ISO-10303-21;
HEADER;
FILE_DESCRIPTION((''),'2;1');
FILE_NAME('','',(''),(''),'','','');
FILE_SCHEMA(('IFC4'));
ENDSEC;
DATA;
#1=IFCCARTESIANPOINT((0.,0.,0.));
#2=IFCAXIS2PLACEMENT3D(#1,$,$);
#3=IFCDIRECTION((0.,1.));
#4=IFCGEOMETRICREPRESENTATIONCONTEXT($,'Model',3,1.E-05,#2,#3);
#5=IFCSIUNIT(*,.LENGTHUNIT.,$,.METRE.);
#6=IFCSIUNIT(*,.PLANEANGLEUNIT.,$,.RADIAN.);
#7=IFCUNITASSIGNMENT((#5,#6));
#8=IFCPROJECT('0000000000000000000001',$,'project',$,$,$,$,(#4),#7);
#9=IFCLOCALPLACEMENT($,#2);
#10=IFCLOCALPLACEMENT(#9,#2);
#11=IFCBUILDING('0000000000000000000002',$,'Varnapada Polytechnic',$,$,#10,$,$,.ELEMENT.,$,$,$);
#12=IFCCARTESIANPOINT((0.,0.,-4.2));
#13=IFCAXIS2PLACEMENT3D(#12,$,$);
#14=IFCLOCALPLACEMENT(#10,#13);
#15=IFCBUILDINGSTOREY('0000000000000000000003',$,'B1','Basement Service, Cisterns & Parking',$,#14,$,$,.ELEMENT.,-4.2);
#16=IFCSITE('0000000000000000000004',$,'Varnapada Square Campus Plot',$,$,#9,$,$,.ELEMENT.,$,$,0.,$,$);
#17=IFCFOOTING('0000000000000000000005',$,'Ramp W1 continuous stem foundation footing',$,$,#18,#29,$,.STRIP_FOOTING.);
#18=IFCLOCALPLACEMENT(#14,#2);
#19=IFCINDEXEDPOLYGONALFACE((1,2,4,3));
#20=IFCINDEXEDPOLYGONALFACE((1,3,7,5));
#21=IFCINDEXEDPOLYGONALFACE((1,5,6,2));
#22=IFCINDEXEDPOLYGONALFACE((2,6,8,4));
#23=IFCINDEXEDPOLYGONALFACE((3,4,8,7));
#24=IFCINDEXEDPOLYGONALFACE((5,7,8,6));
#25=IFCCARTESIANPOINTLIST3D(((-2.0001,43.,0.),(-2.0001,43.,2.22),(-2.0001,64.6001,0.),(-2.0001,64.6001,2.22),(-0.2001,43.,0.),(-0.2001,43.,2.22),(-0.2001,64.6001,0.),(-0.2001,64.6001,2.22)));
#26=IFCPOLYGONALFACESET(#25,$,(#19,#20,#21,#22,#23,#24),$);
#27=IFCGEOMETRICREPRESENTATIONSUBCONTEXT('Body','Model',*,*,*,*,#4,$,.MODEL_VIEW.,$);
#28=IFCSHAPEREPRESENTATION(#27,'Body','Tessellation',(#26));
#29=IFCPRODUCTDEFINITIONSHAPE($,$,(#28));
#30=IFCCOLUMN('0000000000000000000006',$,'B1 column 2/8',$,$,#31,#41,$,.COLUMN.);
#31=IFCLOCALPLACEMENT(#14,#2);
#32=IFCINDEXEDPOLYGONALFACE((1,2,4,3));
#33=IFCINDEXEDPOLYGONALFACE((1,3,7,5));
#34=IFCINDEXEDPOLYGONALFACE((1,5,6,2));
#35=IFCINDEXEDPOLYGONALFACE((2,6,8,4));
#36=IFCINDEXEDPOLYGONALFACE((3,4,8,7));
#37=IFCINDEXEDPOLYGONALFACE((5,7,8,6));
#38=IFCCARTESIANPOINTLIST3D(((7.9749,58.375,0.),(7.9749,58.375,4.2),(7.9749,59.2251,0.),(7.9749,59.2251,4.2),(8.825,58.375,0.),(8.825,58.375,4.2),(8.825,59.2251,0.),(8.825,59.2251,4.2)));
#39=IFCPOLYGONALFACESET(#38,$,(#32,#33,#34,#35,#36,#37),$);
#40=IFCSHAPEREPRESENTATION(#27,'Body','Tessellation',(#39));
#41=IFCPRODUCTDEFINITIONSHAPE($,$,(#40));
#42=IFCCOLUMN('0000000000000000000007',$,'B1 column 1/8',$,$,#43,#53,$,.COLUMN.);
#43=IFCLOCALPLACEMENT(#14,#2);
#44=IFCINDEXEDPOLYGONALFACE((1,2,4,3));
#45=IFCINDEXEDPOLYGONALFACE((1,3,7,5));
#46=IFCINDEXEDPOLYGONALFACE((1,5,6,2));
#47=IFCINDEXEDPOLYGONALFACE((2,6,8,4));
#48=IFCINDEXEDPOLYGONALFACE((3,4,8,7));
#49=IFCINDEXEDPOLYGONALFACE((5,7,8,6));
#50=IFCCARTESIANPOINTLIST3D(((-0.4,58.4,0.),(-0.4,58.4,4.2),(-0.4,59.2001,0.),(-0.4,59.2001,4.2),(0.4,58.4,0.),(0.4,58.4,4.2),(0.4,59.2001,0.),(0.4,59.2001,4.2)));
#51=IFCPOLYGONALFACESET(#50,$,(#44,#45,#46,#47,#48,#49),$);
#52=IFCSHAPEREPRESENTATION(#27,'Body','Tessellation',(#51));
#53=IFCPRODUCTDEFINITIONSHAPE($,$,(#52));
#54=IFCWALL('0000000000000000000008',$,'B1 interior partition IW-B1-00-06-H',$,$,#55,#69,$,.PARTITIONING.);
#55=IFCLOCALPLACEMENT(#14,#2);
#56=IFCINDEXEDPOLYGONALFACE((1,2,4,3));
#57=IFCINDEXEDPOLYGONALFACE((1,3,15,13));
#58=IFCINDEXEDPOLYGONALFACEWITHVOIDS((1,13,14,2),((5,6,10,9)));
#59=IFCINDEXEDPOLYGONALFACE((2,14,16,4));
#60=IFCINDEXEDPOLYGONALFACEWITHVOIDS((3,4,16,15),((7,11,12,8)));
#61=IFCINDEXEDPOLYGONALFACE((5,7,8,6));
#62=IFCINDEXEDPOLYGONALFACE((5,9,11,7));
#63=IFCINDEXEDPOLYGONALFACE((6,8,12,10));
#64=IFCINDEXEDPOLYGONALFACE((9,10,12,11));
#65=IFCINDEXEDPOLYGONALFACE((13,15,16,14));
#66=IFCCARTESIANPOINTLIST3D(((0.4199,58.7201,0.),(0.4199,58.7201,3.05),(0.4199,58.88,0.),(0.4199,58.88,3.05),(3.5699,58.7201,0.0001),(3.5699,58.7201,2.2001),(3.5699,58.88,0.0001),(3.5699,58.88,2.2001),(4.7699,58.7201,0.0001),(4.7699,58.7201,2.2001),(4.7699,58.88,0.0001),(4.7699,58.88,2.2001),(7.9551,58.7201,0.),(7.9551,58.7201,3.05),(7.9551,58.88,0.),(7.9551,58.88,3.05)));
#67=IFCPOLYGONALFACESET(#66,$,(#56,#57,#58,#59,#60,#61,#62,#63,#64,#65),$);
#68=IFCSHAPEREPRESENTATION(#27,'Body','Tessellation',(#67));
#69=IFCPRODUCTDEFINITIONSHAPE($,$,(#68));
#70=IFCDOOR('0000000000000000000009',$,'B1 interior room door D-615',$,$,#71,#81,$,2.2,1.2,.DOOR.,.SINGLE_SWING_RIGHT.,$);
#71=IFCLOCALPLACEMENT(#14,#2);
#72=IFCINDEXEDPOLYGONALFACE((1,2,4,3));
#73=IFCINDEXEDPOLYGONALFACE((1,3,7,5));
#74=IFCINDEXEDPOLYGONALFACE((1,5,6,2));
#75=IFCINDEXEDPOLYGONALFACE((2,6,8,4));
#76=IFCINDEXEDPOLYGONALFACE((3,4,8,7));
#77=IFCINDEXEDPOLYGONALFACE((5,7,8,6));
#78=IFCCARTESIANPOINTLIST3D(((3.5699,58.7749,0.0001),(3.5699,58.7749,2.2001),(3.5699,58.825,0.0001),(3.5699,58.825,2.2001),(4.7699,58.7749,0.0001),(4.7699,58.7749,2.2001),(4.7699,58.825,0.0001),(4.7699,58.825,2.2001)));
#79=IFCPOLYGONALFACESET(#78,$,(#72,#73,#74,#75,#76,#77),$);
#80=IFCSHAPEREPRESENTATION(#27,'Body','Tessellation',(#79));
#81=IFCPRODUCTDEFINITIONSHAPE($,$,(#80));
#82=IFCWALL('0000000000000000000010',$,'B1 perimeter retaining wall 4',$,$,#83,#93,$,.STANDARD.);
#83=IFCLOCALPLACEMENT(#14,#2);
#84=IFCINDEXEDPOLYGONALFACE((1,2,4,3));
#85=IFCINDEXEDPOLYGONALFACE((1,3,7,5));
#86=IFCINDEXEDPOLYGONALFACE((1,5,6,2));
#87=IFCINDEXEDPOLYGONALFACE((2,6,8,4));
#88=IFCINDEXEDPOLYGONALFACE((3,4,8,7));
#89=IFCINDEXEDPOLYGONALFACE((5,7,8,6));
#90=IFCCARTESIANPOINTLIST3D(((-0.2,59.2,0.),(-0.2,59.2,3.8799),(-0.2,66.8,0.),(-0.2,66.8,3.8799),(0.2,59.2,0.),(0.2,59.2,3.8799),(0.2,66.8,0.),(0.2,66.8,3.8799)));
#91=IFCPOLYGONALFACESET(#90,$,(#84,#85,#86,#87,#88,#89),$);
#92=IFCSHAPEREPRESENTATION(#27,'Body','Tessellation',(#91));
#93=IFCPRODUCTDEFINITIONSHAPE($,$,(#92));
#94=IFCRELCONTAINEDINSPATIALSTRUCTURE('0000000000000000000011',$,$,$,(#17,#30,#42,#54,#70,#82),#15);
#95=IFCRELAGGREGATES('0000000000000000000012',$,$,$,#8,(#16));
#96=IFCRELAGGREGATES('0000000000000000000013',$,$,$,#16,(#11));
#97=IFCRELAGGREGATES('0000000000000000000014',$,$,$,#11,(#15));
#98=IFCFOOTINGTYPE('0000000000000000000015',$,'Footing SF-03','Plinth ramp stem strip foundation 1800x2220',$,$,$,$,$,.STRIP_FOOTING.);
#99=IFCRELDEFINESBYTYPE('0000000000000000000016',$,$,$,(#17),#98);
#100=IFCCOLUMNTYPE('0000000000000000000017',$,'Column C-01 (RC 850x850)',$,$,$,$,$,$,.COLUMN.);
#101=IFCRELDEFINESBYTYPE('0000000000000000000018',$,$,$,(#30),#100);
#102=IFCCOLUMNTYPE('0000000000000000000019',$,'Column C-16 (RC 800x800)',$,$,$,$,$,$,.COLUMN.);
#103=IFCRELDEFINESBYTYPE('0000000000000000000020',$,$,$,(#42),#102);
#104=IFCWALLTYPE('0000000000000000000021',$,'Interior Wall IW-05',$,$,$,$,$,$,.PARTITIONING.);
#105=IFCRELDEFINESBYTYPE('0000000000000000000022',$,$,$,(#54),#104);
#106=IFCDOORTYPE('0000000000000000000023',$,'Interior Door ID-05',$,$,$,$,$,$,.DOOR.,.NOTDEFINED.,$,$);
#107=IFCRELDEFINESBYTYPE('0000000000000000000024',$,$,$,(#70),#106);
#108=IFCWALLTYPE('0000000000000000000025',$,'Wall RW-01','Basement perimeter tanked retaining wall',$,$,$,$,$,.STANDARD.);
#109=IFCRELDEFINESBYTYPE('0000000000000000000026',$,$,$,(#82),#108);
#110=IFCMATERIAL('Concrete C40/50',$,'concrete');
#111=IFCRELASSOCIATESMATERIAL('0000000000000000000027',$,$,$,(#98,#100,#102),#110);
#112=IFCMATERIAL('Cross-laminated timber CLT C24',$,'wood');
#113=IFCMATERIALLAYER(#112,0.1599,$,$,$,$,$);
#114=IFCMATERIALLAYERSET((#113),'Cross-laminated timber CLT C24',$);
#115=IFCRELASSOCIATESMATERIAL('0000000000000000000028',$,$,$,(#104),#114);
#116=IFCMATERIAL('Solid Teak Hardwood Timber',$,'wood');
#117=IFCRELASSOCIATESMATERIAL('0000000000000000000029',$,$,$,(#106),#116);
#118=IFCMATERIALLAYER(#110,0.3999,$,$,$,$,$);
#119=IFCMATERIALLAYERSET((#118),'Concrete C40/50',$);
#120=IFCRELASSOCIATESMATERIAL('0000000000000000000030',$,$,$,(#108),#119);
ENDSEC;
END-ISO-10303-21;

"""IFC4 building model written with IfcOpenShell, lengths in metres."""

from ifc_helpers import new_model, si_unit, direction, frame, frame_2d, origin, origin_2d, place, context, subcontext, project, spatial, rectangle, extrude, material, layer, layer_set, material_profile, profile_set, type_object, element, fill, save


model = new_model("IFC4")

# Units and contexts
model_context = context("Model", 3, precision=1e-05, world=origin(), true_north=direction((0.0, 1.0)))
body_context = subcontext(model_context, "Body", "Model", "MODEL_VIEW")
ifc_project = project(units=[si_unit("LENGTHUNIT", "METRE"), si_unit("PLANEANGLEUNIT", "RADIAN")], contexts=[model_context])

# Site, building, storey
site_placement = place(None, origin())
site = spatial("IfcSite", under=ifc_project, at=site_placement, Name="Varnapada Square Campus Plot", CompositionType="ELEMENT", RefElevation=0.0)
building_placement = place(site_placement, origin())
building = spatial("IfcBuilding", under=site, at=building_placement, Name="Varnapada Polytechnic", CompositionType="ELEMENT")
storey_placement = place(building_placement, frame((0.0, 0.0, -4.2)))
storey = spatial("IfcBuildingStorey", under=building, at=storey_placement, Name="B1", Description="Basement Service, Cisterns & Parking", CompositionType="ELEMENT", Elevation=-4.2)

# Shared definitions
ifc_material_1 = material(Name="Concrete C40/50", Category="concrete")

# Footing
footing_type_1 = type_object("IfcFootingType", Name="Footing SF-03", Description="Plinth ramp stem strip foundation 1800x2220", PredefinedType="STRIP_FOOTING", material=ifc_material_1)
footing_1_placement = place(storey_placement, frame((-1.1001, 53.8, 0.0), z_axis=(0.0, 0.0, 1.0), x_axis=(0.0, 1.0, 0.0)))
element("IfcFooting", 1, at=footing_1_placement, inside=storey, type_object=footing_type_1, Name="Ramp W1 continuous stem foundation footing", PredefinedType="STRIP_FOOTING", context=body_context, shape_type="SweptSolid", body=[
    extrude(rectangle(XDim=21.6001, YDim=1.8, at=origin_2d()), origin(), (0.0, 0.0, 1.0), 2.22),
])

# Columns
ifc_material_profile_1 = material_profile(ifc_material_1, rectangle(XDim=0.8501, YDim=0.8501, at=origin_2d()), Name="RC 850x850")
ifc_profile_set_1 = profile_set([ifc_material_profile_1], Name="Concrete C40/50")
column_type_1 = type_object("IfcColumnType", Name="Column C-01 (RC 850x850)", PredefinedType="COLUMN", material=ifc_profile_set_1)
column_1_placement = place(storey_placement, frame((8.3999, 58.8, 0.0), z_axis=(0.0, 0.0, 1.0), x_axis=(1.0, 0.0, 0.0)))
element("IfcColumn", 2, at=column_1_placement, inside=storey, type_object=column_type_1, Name="B1 column 2/8", PredefinedType="COLUMN", context=body_context, shape_type="SweptSolid", body=[
    extrude(rectangle(XDim=0.8501, YDim=0.8501, at=origin_2d()), origin(), (0.0, 0.0, 1.0), 4.2),
])
ifc_material_profile_2 = material_profile(ifc_material_1, rectangle(XDim=0.8, YDim=0.8, at=origin_2d()), Name="RC 800x800")
ifc_profile_set_2 = profile_set([ifc_material_profile_2], Name="Concrete C40/50")
column_type_2 = type_object("IfcColumnType", Name="Column C-16 (RC 800x800)", PredefinedType="COLUMN", material=ifc_profile_set_2)
column_2_placement = place(storey_placement, frame((0.0, 58.8, 0.0), z_axis=(0.0, 0.0, 1.0), x_axis=(1.0, 0.0, 0.0)))
element("IfcColumn", 3, at=column_2_placement, inside=storey, type_object=column_type_2, Name="B1 column 1/8", PredefinedType="COLUMN", context=body_context, shape_type="SweptSolid", body=[
    extrude(rectangle(XDim=0.8, YDim=0.8, at=origin_2d()), origin(), (0.0, 0.0, 1.0), 4.2),
])

# Wall, opening, door
ifc_material_2 = material(Name="Cross-laminated timber CLT C24", Category="wood")
ifc_layer_1 = layer(ifc_material_2, 0.1599)
ifc_layer_set_1 = layer_set([ifc_layer_1], Name="Cross-laminated timber CLT C24")
wall_type_1 = type_object("IfcWallType", Name="Interior Wall IW-05", PredefinedType="PARTITIONING", material=ifc_layer_set_1)
wall_1_placement = place(storey_placement, frame((0.4199, 58.8, 0.0), z_axis=(0.0, 0.0, 1.0), x_axis=(1.0, 0.0, 0.0)))
wall_1 = element("IfcWall", 4, at=wall_1_placement, inside=storey, type_object=wall_type_1, Name="B1 interior partition IW-B1-00-06-H", PredefinedType="PARTITIONING", context=body_context, shape_type="SweptSolid", body=[
    extrude(rectangle(XDim=7.5352, YDim=0.1599, at=frame_2d((3.7676, 0.0))), origin(), (0.0, 0.0, 1.0), 3.05),
])
opening_placement = place(wall_1_placement, frame((3.1499, 0.0, 0.0)))
opening = element("IfcOpeningElement", 5, at=opening_placement, cuts=wall_1, PredefinedType="OPENING", context=body_context, shape_type="SweptSolid", body=[
    extrude(rectangle(XDim=1.2, YDim=2.2, at=frame_2d((0.6001, 1.1001))), frame((0.0, 0.0898, 0.0), z_axis=(0.0, -1.0, 0.0), x_axis=(1.0, 0.0, 0.0)), (0.0, 0.0, 1.0), 0.1799),
])
ifc_material_3 = material(Name="Solid Teak Hardwood Timber", Category="wood")
door_type = type_object("IfcDoorType", Name="Interior Door ID-05", OperationType="NOTDEFINED", PredefinedType="DOOR", material=ifc_material_3)
door_placement = place(opening_placement, origin())
door = element("IfcDoor", 6, at=door_placement, inside=storey, type_object=door_type, Name="B1 interior room door D-615", OperationType="SINGLE_SWING_RIGHT", OverallHeight=2.2, OverallWidth=1.2, PredefinedType="DOOR", context=body_context, shape_type="SweptSolid", body=[
    extrude(rectangle(XDim=1.2, YDim=2.2, at=frame_2d((0.6001, 1.1001))), frame((0.0, 0.0249, 0.0), z_axis=(0.0, -1.0, 0.0), x_axis=(1.0, 0.0, 0.0)), (0.0, 0.0, 1.0), 0.05),
])
fill(opening, door)

# Wall
ifc_layer_2 = layer(ifc_material_1, 0.3999)
ifc_layer_set_2 = layer_set([ifc_layer_2], Name="Concrete C40/50")
wall_type_2 = type_object("IfcWallType", Name="Wall RW-01", Description="Basement perimeter tanked retaining wall", PredefinedType="STANDARD", material=ifc_layer_set_2)
wall_2_placement = place(storey_placement, frame((0.0, 59.2, 0.0), z_axis=(0.0, 0.0, 1.0), x_axis=(0.0, 1.0, 0.0)))
element("IfcWall", 7, at=wall_2_placement, inside=storey, type_object=wall_type_2, Name="B1 perimeter retaining wall 4", PredefinedType="STANDARD", context=body_context, shape_type="SweptSolid", body=[
    extrude(rectangle(XDim=7.6001, YDim=0.3999, at=frame_2d((3.8, 0.0))), origin(), (0.0, 0.0, 1.0), 3.8799),
])

save(model, "model.ifc")
